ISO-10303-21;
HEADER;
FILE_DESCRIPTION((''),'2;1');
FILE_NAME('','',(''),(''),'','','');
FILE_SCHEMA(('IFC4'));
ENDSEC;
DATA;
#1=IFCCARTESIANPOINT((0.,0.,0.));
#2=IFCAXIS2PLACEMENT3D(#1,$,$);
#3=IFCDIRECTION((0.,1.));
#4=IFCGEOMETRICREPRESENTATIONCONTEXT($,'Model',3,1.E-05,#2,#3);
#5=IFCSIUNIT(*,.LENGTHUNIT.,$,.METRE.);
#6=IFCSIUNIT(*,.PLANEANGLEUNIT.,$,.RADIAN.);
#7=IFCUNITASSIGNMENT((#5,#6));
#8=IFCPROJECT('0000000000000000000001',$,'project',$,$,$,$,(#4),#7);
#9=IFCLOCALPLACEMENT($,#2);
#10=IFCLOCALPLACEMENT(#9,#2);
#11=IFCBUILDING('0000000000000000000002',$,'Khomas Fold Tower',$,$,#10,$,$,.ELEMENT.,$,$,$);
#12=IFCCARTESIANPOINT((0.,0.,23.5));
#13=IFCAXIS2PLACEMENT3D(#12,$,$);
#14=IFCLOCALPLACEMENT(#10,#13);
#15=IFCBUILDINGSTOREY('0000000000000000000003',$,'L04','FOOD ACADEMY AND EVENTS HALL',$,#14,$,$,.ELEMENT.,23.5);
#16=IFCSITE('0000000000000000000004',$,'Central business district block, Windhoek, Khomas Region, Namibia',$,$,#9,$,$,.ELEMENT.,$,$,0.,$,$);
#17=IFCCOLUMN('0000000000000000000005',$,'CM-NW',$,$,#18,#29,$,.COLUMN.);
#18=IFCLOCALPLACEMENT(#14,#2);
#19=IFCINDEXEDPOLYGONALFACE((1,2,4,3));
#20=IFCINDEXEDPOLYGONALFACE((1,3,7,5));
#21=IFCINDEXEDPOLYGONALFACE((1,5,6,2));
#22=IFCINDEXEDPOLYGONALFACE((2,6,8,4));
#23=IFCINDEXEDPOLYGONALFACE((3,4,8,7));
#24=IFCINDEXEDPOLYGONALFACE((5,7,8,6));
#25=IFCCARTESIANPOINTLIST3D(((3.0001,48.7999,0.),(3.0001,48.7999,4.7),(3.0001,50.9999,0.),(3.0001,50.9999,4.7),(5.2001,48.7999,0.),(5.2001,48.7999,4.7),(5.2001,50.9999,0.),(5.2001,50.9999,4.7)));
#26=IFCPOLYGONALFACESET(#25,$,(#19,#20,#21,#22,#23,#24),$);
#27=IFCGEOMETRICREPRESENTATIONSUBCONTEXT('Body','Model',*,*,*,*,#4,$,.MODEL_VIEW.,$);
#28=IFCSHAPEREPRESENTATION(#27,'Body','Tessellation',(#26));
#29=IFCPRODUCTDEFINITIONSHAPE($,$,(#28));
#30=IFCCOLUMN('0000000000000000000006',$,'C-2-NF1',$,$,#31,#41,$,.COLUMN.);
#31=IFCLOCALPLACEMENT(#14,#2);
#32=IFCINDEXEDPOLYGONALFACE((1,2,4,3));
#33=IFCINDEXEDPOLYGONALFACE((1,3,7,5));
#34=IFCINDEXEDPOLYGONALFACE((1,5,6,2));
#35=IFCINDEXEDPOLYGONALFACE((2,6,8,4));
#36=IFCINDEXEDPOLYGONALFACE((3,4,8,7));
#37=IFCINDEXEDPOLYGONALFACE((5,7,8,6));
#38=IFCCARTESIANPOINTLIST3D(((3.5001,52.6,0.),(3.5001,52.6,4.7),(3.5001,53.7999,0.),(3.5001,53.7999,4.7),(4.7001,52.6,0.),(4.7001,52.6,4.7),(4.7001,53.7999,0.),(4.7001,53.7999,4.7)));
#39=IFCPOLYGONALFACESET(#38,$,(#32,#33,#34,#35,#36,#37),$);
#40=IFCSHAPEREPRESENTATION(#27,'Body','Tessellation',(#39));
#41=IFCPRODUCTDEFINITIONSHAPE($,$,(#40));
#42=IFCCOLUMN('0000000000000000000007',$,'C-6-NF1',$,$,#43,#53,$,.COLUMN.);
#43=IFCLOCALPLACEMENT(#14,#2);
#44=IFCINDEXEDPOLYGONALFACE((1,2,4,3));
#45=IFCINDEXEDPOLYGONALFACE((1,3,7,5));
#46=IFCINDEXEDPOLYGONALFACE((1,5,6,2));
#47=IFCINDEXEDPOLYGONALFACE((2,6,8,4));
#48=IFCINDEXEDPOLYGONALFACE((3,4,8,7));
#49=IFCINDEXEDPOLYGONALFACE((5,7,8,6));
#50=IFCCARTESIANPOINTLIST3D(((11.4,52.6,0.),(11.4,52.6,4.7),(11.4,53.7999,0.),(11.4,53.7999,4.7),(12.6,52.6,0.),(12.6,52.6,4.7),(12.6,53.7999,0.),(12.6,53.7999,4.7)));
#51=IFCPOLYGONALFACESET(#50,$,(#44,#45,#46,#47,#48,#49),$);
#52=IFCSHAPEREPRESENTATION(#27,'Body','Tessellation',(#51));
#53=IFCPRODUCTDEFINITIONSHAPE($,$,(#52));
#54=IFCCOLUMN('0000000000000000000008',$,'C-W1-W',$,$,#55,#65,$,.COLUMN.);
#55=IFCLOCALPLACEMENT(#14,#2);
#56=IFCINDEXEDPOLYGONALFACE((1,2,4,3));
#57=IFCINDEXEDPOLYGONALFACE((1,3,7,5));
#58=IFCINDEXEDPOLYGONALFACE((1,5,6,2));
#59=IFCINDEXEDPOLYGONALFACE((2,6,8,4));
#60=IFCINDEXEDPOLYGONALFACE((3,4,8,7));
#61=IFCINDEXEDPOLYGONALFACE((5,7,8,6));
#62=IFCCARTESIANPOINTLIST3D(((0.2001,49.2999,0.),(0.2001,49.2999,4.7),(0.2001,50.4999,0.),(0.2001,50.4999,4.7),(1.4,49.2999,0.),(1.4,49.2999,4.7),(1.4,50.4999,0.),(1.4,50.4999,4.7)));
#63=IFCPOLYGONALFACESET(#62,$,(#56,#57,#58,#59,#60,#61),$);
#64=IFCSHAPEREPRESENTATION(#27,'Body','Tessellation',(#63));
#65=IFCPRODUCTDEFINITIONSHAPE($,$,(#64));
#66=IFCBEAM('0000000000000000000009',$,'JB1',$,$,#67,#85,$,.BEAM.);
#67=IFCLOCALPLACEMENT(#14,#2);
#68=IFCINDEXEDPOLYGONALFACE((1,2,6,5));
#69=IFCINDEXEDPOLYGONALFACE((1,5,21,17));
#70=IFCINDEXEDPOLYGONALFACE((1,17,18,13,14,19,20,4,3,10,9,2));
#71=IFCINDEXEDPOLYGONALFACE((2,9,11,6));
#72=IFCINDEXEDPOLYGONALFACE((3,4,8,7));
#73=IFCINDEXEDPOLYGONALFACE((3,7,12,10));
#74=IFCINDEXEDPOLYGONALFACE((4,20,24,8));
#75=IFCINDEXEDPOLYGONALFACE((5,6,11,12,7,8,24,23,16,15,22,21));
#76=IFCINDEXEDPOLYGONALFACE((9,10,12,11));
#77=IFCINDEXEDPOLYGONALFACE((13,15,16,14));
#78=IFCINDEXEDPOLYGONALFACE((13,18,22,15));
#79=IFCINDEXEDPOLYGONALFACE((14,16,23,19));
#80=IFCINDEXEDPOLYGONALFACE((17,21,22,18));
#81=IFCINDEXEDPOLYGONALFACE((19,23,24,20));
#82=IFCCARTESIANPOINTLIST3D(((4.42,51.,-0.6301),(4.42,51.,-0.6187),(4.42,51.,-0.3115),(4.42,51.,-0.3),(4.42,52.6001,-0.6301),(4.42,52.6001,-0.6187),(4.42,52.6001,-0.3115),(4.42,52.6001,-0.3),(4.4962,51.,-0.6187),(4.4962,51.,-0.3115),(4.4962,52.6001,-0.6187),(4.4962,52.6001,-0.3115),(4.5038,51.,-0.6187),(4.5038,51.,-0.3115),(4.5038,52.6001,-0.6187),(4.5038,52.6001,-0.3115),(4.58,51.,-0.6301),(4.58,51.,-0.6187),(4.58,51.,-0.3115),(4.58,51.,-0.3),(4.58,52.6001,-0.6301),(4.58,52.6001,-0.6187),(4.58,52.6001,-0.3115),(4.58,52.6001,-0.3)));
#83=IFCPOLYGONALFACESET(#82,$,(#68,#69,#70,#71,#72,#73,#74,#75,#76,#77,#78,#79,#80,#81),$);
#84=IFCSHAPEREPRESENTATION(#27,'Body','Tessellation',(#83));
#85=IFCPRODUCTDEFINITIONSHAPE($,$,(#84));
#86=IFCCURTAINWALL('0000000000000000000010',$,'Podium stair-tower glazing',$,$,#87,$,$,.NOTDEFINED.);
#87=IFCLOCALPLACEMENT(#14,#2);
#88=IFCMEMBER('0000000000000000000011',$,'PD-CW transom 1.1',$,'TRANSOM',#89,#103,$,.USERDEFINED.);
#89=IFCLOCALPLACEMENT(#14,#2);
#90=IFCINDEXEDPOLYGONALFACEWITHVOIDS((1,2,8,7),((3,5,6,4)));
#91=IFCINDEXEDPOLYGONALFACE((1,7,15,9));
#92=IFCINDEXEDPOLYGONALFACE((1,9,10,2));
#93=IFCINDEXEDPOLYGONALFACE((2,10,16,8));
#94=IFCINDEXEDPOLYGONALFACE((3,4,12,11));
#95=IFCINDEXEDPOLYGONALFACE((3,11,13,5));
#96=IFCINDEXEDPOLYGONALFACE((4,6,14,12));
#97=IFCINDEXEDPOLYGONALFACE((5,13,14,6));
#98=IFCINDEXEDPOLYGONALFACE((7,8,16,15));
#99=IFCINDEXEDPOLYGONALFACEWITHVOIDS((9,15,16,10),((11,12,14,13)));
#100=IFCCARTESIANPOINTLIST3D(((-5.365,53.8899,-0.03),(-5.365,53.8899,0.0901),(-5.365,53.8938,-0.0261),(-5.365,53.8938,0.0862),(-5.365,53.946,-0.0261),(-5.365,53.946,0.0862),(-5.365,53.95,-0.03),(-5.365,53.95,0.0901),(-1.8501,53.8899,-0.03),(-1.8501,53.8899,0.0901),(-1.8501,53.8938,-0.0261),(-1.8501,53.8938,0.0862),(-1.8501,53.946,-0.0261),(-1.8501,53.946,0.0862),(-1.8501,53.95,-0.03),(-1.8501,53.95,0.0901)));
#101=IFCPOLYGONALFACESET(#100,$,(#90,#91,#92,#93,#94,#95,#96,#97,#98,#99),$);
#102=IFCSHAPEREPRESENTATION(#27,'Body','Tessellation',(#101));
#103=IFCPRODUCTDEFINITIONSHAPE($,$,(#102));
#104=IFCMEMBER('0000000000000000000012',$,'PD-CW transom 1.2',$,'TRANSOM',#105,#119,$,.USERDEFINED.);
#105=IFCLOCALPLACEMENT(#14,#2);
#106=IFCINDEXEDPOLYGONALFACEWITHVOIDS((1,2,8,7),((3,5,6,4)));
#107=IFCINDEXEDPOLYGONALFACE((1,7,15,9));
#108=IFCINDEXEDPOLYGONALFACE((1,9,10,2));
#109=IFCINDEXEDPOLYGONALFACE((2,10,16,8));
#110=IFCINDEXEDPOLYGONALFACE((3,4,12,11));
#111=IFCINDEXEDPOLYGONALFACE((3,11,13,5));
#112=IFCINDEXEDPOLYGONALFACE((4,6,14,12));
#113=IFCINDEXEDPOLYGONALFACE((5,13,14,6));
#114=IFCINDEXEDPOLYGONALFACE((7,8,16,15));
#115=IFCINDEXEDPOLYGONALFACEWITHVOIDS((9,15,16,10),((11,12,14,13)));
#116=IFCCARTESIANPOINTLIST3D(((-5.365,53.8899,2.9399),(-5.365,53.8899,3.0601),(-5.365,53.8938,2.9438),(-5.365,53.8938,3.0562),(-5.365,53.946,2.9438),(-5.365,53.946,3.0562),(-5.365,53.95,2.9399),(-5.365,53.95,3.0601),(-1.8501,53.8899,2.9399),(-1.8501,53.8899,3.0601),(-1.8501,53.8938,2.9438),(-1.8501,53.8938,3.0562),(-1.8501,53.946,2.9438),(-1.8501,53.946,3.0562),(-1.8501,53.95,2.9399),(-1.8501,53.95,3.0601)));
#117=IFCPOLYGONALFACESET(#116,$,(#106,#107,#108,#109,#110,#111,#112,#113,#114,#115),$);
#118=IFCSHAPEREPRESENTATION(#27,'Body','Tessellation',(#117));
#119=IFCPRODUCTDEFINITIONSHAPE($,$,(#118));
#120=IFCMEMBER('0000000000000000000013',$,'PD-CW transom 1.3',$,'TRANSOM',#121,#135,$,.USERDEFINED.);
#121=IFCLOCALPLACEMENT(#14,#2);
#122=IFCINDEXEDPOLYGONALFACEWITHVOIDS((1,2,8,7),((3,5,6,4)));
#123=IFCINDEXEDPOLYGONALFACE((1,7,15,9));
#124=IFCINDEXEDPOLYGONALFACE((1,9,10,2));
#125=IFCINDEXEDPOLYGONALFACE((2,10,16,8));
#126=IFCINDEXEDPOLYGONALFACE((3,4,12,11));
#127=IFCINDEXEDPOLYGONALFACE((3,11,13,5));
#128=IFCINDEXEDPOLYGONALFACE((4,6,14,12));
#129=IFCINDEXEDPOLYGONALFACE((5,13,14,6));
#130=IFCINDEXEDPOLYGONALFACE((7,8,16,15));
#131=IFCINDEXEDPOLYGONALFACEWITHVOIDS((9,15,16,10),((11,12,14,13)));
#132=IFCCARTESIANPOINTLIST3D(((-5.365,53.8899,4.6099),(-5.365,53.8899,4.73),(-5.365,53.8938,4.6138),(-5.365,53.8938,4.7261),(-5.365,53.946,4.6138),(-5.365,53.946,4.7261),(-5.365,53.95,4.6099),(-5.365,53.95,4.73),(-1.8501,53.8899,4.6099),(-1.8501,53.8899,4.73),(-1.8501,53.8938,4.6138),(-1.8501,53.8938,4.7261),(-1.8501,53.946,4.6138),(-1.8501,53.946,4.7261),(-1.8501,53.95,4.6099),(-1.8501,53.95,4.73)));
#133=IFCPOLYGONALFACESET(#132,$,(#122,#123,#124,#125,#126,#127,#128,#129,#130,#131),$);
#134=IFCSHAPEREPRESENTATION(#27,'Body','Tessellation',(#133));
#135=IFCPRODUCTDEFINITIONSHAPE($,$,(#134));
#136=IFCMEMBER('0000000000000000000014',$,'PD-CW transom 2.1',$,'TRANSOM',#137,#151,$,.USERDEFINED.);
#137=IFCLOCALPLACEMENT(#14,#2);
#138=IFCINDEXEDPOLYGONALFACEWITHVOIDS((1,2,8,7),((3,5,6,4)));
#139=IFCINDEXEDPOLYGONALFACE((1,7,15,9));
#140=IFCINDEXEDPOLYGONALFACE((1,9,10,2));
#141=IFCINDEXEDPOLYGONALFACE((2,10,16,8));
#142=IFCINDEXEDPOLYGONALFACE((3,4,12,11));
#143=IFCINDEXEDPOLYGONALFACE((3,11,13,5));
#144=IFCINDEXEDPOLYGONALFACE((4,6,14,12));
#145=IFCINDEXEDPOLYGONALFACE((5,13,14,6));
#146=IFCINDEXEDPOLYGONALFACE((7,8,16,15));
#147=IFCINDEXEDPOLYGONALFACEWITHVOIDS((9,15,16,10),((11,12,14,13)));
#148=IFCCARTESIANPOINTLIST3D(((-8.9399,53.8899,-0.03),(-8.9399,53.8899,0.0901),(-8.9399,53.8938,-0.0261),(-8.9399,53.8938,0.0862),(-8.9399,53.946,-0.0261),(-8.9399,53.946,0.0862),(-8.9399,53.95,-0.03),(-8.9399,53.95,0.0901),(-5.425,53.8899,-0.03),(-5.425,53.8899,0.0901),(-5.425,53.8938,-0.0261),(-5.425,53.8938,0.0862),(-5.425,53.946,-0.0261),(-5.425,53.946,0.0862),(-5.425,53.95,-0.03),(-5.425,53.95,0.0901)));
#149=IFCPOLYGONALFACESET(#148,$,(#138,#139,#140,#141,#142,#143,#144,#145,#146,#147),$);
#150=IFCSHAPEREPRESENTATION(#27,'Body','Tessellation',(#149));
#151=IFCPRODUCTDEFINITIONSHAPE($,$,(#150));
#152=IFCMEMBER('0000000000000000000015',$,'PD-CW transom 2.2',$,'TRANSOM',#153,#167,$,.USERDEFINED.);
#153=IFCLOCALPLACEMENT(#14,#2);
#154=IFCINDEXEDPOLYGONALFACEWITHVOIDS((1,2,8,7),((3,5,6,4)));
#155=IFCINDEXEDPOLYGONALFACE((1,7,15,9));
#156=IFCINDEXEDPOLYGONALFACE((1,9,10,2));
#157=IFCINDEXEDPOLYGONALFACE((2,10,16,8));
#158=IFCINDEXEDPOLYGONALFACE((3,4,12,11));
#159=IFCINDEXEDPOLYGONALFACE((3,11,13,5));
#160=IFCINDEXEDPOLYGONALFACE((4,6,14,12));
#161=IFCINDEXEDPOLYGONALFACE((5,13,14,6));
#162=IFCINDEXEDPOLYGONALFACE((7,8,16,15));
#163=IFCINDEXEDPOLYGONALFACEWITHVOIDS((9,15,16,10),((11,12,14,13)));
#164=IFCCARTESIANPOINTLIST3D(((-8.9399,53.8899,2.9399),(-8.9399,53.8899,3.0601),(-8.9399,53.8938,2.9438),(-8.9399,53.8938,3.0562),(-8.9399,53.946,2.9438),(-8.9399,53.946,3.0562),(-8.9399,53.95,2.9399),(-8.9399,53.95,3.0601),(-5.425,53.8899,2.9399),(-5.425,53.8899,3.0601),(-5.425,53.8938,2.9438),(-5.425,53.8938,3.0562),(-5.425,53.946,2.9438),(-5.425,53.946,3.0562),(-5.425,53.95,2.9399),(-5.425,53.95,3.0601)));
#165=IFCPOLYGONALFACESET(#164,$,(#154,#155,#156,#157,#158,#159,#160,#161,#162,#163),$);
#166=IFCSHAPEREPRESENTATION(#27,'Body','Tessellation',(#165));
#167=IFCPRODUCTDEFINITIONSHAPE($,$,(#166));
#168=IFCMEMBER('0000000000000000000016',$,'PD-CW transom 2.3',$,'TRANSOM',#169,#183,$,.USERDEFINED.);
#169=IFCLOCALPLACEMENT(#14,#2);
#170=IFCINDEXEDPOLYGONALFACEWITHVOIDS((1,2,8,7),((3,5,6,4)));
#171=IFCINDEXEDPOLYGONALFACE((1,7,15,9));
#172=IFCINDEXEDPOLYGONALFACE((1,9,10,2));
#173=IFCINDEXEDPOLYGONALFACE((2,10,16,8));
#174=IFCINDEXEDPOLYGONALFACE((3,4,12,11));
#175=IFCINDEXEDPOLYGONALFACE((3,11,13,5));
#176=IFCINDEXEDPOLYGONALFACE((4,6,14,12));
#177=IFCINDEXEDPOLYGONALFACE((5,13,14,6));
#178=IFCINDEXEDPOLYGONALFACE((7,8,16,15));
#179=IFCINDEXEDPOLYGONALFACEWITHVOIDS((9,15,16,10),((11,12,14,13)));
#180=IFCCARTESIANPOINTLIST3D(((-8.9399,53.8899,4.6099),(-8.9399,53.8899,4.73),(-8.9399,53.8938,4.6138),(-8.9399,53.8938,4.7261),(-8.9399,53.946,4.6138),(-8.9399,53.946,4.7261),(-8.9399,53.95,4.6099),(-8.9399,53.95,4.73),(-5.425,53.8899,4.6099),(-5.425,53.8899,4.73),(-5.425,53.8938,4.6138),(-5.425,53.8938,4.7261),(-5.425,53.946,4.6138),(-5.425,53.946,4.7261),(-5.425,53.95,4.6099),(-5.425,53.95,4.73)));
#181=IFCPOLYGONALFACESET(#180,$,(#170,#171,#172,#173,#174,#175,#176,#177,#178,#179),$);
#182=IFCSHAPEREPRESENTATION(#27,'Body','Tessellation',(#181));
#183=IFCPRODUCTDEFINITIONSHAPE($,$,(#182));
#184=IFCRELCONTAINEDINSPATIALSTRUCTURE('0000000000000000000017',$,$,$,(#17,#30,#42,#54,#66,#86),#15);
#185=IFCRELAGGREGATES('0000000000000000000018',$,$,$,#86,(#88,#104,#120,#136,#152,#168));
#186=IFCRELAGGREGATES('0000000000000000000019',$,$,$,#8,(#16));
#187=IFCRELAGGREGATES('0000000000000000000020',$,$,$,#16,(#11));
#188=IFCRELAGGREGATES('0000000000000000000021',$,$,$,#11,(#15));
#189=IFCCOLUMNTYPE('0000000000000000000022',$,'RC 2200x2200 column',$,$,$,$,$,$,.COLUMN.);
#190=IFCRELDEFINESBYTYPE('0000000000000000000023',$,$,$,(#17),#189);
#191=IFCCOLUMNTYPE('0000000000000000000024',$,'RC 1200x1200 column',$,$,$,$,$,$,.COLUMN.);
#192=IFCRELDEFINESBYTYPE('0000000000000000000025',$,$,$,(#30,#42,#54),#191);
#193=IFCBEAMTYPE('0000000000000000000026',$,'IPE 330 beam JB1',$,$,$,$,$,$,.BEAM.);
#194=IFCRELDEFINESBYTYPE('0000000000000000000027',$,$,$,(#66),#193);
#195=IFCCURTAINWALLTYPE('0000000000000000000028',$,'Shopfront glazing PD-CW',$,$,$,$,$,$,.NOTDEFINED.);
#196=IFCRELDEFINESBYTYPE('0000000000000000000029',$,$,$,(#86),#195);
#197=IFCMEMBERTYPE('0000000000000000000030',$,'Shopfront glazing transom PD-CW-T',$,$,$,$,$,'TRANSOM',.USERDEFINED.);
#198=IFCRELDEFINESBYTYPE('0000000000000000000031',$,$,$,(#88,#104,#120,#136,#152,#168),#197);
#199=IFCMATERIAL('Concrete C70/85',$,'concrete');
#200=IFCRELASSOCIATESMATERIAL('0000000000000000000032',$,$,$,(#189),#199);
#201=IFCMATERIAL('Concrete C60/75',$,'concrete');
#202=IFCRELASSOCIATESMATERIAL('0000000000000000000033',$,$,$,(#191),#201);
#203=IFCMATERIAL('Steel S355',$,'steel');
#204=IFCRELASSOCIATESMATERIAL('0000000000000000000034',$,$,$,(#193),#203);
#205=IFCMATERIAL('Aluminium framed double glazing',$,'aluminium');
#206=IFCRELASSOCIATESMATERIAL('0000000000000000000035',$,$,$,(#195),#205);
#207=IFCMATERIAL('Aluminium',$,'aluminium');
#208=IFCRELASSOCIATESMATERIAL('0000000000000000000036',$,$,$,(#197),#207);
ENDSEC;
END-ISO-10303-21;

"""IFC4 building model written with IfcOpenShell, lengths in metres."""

from ifc_helpers import new_model, si_unit, direction, frame, origin, origin_2d, place, context, subcontext, project, spatial, rectangle, hollow_rectangle, i_section, extrude, source, transform, mapped, material, material_profile, profile_set, type_object, element, aggregate, save


model = new_model("IFC4")

# Units and contexts
model_context = context("Model", 3, precision=1e-05, world=origin(), true_north=direction((0.0, 1.0)))
body_context = subcontext(model_context, "Body", "Model", "MODEL_VIEW")
ifc_project = project(units=[si_unit("LENGTHUNIT", "METRE"), si_unit("PLANEANGLEUNIT", "RADIAN")], contexts=[model_context])

# Site, building, storey
site_placement = place(None, origin())
site = spatial("IfcSite", under=ifc_project, at=site_placement, Name="Central business district block, Windhoek, Khomas Region, Namibia", CompositionType="ELEMENT", RefElevation=0.0)
building_placement = place(site_placement, origin())
building = spatial("IfcBuilding", under=site, at=building_placement, Name="Khomas Fold Tower", CompositionType="ELEMENT")
storey_placement = place(building_placement, frame((0.0, 0.0, 23.5)))
storey = spatial("IfcBuildingStorey", under=building, at=storey_placement, Name="L04", Description="FOOD ACADEMY AND EVENTS HALL", CompositionType="ELEMENT", Elevation=23.5)

# Columns
ifc_material_1 = material(Name="Concrete C70/85", Category="concrete")
ifc_material_profile_1 = material_profile(ifc_material_1, rectangle(XDim=2.2, YDim=2.2, at=origin_2d()), Name="RC 2200x2200")
ifc_profile_set_1 = profile_set([ifc_material_profile_1], Name="Concrete C70/85")
column_type_1 = type_object("IfcColumnType", Name="RC 2200x2200 column", PredefinedType="COLUMN", material=ifc_profile_set_1)
shared_shape_1 = source(origin(), body_context, "Body", "SweptSolid", [
    extrude(rectangle(XDim=2.2, YDim=2.2, at=origin_2d()), origin(), (0.0, 0.0, 1.0), 4.7),
])
column_placement = place(storey_placement, frame((4.1001, 49.8999, 0.0), z_axis=(0.0, 0.0, 1.0), x_axis=(1.0, 0.0, 0.0)))
element("IfcColumn", 1, at=column_placement, inside=storey, type_object=column_type_1, Name="CM-NW", PredefinedType="COLUMN", context=body_context, shape_type="MappedRepresentation", body=[
    mapped(shared_shape_1, transform((0.0, 0.0, 0.0))),
])
ifc_material_2 = material(Name="Concrete C60/75", Category="concrete")
ifc_material_profile_2 = material_profile(ifc_material_2, rectangle(XDim=1.2, YDim=1.2, at=origin_2d()), Name="RC 1200x1200")
ifc_profile_set_2 = profile_set([ifc_material_profile_2], Name="Concrete C60/75")
column_type_2 = type_object("IfcColumnType", Name="RC 1200x1200 column", PredefinedType="COLUMN", material=ifc_profile_set_2)
shared_shape_2 = source(origin(), body_context, "Body", "SweptSolid", [
    extrude(rectangle(XDim=1.2, YDim=1.2, at=origin_2d()), origin(), (0.0, 0.0, 1.0), 4.7),
])
for number, where, z_axis, x_axis, name in (
    (2, (4.1001, 53.2, 0.0), (0.0, 0.0, 1.0), (1.0, 0.0, 0.0), "C-2-NF1"),
    (3, (12.0, 53.2, 0.0), (0.0, 0.0, 1.0), (1.0, 0.0, 0.0), "C-6-NF1"),
    (4, (0.8, 49.8999, 0.0), (0.0, 0.0, 1.0), (1.0, 0.0, 0.0), "C-W1-W"),
):
    element("IfcColumn", number, at=place(storey_placement, frame(where, z_axis=z_axis, x_axis=x_axis)), inside=storey, type_object=column_type_2, Name=name, PredefinedType="COLUMN", context=body_context, shape_type="MappedRepresentation", body=[
        mapped(shared_shape_2, transform((0.0, 0.0, 0.0))),
    ])

# Beam
ifc_material_3 = material(Name="Steel S355", Category="steel")
ifc_material_profile_3 = material_profile(ifc_material_3, i_section(OverallWidth=0.1599, OverallDepth=0.3301, WebThickness=0.0076, FlangeThickness=0.0115, at=origin_2d()), Name="IPE 330")
ifc_profile_set_3 = profile_set([ifc_material_profile_3], Name="Steel S355")
beam_type = type_object("IfcBeamType", Name="IPE 330 beam JB1", PredefinedType="BEAM", material=ifc_profile_set_3)
shared_shape_3 = source(origin(), body_context, "Body", "SweptSolid", [
    extrude(i_section(OverallWidth=0.1599, OverallDepth=0.3301, WebThickness=0.0076, FlangeThickness=0.0115, at=origin_2d()), origin(), (0.0, 0.0, 1.0), 1.6001),
])
beam_placement = place(storey_placement, frame((4.5, 51.0, -0.4651), z_axis=(0.0, 1.0, 0.0), x_axis=(-1.0, 0.0, 0.0)))
element("IfcBeam", 5, at=beam_placement, inside=storey, type_object=beam_type, Name="JB1", PredefinedType="BEAM", context=body_context, shape_type="MappedRepresentation", body=[
    mapped(shared_shape_3, transform((0.0, 0.0, 0.0))),
])

# Curtain wall, members
ifc_material_4 = material(Name="Aluminium framed double glazing", Category="aluminium")
curtain_wall_type = type_object("IfcCurtainWallType", Name="Shopfront glazing PD-CW", PredefinedType="NOTDEFINED", material=ifc_material_4)
curtain_wall_placement = place(storey_placement, origin())
curtain_wall = element("IfcCurtainWall", 6, at=curtain_wall_placement, inside=storey, type_object=curtain_wall_type, Name="Podium stair-tower glazing", PredefinedType="NOTDEFINED")
ifc_material_5 = material(Name="Aluminium", Category="aluminium")
ifc_material_profile_4 = material_profile(ifc_material_5, hollow_rectangle(XDim=0.0601, YDim=0.1201, WallThickness=0.0039, at=origin_2d()), Name="Shopfront glazing transom PD-CW-T")
ifc_profile_set_4 = profile_set([ifc_material_profile_4], Name="Aluminium")
member_type_1 = type_object("IfcMemberType", Name="Shopfront glazing transom PD-CW-T", ElementType="TRANSOM", PredefinedType="USERDEFINED", material=ifc_profile_set_4)
shared_shape_4 = source(origin(), body_context, "Body", "SweptSolid", [
    extrude(hollow_rectangle(XDim=0.0601, YDim=0.1201, WallThickness=0.0039, at=origin_2d()), origin(), (0.0, 0.0, 1.0), 3.5149),
])
member_1_placement = place(storey_placement, frame((-1.8501, 53.9199, 0.03), z_axis=(-1.0, 0.0, 0.0), x_axis=(0.0, -1.0, 0.0)))
member_1 = element("IfcMember", 7, at=member_1_placement, type_object=member_type_1, Name="PD-CW transom 1.1", ObjectType="TRANSOM", PredefinedType="USERDEFINED", context=body_context, shape_type="MappedRepresentation", body=[
    mapped(shared_shape_4, transform((0.0, 0.0, 0.0))),
])
member_2_placement = place(storey_placement, frame((-1.8501, 53.9199, 3.0), z_axis=(-1.0, 0.0, 0.0), x_axis=(0.0, -1.0, 0.0)))
member_2 = element("IfcMember", 8, at=member_2_placement, type_object=member_type_1, Name="PD-CW transom 1.2", ObjectType="TRANSOM", PredefinedType="USERDEFINED", context=body_context, shape_type="MappedRepresentation", body=[
    mapped(shared_shape_4, transform((0.0, 0.0, 0.0))),
])
member_3_placement = place(storey_placement, frame((-1.8501, 53.9199, 4.6699), z_axis=(-1.0, 0.0, 0.0), x_axis=(0.0, -1.0, 0.0)))
member_3 = element("IfcMember", 9, at=member_3_placement, type_object=member_type_1, Name="PD-CW transom 1.3", ObjectType="TRANSOM", PredefinedType="USERDEFINED", context=body_context, shape_type="MappedRepresentation", body=[
    mapped(shared_shape_4, transform((0.0, 0.0, 0.0))),
])
member_4_placement = place(storey_placement, frame((-5.425, 53.9199, 0.03), z_axis=(-1.0, 0.0, 0.0), x_axis=(0.0, -1.0, 0.0)))
member_4 = element("IfcMember", 10, at=member_4_placement, type_object=member_type_1, Name="PD-CW transom 2.1", ObjectType="TRANSOM", PredefinedType="USERDEFINED", context=body_context, shape_type="MappedRepresentation", body=[
    mapped(shared_shape_4, transform((0.0, 0.0, 0.0))),
])
member_5_placement = place(storey_placement, frame((-5.425, 53.9199, 3.0), z_axis=(-1.0, 0.0, 0.0), x_axis=(0.0, -1.0, 0.0)))
member_5 = element("IfcMember", 11, at=member_5_placement, type_object=member_type_1, Name="PD-CW transom 2.2", ObjectType="TRANSOM", PredefinedType="USERDEFINED", context=body_context, shape_type="MappedRepresentation", body=[
    mapped(shared_shape_4, transform((0.0, 0.0, 0.0))),
])
member_6_placement = place(storey_placement, frame((-5.425, 53.9199, 4.6699), z_axis=(-1.0, 0.0, 0.0), x_axis=(0.0, -1.0, 0.0)))
member_6 = element("IfcMember", 12, at=member_6_placement, type_object=member_type_1, Name="PD-CW transom 2.3", ObjectType="TRANSOM", PredefinedType="USERDEFINED", context=body_context, shape_type="MappedRepresentation", body=[
    mapped(shared_shape_4, transform((0.0, 0.0, 0.0))),
])

aggregate(curtain_wall, [member_1, member_2, member_3, member_4, member_5, member_6])

save(model, "model.ifc")
